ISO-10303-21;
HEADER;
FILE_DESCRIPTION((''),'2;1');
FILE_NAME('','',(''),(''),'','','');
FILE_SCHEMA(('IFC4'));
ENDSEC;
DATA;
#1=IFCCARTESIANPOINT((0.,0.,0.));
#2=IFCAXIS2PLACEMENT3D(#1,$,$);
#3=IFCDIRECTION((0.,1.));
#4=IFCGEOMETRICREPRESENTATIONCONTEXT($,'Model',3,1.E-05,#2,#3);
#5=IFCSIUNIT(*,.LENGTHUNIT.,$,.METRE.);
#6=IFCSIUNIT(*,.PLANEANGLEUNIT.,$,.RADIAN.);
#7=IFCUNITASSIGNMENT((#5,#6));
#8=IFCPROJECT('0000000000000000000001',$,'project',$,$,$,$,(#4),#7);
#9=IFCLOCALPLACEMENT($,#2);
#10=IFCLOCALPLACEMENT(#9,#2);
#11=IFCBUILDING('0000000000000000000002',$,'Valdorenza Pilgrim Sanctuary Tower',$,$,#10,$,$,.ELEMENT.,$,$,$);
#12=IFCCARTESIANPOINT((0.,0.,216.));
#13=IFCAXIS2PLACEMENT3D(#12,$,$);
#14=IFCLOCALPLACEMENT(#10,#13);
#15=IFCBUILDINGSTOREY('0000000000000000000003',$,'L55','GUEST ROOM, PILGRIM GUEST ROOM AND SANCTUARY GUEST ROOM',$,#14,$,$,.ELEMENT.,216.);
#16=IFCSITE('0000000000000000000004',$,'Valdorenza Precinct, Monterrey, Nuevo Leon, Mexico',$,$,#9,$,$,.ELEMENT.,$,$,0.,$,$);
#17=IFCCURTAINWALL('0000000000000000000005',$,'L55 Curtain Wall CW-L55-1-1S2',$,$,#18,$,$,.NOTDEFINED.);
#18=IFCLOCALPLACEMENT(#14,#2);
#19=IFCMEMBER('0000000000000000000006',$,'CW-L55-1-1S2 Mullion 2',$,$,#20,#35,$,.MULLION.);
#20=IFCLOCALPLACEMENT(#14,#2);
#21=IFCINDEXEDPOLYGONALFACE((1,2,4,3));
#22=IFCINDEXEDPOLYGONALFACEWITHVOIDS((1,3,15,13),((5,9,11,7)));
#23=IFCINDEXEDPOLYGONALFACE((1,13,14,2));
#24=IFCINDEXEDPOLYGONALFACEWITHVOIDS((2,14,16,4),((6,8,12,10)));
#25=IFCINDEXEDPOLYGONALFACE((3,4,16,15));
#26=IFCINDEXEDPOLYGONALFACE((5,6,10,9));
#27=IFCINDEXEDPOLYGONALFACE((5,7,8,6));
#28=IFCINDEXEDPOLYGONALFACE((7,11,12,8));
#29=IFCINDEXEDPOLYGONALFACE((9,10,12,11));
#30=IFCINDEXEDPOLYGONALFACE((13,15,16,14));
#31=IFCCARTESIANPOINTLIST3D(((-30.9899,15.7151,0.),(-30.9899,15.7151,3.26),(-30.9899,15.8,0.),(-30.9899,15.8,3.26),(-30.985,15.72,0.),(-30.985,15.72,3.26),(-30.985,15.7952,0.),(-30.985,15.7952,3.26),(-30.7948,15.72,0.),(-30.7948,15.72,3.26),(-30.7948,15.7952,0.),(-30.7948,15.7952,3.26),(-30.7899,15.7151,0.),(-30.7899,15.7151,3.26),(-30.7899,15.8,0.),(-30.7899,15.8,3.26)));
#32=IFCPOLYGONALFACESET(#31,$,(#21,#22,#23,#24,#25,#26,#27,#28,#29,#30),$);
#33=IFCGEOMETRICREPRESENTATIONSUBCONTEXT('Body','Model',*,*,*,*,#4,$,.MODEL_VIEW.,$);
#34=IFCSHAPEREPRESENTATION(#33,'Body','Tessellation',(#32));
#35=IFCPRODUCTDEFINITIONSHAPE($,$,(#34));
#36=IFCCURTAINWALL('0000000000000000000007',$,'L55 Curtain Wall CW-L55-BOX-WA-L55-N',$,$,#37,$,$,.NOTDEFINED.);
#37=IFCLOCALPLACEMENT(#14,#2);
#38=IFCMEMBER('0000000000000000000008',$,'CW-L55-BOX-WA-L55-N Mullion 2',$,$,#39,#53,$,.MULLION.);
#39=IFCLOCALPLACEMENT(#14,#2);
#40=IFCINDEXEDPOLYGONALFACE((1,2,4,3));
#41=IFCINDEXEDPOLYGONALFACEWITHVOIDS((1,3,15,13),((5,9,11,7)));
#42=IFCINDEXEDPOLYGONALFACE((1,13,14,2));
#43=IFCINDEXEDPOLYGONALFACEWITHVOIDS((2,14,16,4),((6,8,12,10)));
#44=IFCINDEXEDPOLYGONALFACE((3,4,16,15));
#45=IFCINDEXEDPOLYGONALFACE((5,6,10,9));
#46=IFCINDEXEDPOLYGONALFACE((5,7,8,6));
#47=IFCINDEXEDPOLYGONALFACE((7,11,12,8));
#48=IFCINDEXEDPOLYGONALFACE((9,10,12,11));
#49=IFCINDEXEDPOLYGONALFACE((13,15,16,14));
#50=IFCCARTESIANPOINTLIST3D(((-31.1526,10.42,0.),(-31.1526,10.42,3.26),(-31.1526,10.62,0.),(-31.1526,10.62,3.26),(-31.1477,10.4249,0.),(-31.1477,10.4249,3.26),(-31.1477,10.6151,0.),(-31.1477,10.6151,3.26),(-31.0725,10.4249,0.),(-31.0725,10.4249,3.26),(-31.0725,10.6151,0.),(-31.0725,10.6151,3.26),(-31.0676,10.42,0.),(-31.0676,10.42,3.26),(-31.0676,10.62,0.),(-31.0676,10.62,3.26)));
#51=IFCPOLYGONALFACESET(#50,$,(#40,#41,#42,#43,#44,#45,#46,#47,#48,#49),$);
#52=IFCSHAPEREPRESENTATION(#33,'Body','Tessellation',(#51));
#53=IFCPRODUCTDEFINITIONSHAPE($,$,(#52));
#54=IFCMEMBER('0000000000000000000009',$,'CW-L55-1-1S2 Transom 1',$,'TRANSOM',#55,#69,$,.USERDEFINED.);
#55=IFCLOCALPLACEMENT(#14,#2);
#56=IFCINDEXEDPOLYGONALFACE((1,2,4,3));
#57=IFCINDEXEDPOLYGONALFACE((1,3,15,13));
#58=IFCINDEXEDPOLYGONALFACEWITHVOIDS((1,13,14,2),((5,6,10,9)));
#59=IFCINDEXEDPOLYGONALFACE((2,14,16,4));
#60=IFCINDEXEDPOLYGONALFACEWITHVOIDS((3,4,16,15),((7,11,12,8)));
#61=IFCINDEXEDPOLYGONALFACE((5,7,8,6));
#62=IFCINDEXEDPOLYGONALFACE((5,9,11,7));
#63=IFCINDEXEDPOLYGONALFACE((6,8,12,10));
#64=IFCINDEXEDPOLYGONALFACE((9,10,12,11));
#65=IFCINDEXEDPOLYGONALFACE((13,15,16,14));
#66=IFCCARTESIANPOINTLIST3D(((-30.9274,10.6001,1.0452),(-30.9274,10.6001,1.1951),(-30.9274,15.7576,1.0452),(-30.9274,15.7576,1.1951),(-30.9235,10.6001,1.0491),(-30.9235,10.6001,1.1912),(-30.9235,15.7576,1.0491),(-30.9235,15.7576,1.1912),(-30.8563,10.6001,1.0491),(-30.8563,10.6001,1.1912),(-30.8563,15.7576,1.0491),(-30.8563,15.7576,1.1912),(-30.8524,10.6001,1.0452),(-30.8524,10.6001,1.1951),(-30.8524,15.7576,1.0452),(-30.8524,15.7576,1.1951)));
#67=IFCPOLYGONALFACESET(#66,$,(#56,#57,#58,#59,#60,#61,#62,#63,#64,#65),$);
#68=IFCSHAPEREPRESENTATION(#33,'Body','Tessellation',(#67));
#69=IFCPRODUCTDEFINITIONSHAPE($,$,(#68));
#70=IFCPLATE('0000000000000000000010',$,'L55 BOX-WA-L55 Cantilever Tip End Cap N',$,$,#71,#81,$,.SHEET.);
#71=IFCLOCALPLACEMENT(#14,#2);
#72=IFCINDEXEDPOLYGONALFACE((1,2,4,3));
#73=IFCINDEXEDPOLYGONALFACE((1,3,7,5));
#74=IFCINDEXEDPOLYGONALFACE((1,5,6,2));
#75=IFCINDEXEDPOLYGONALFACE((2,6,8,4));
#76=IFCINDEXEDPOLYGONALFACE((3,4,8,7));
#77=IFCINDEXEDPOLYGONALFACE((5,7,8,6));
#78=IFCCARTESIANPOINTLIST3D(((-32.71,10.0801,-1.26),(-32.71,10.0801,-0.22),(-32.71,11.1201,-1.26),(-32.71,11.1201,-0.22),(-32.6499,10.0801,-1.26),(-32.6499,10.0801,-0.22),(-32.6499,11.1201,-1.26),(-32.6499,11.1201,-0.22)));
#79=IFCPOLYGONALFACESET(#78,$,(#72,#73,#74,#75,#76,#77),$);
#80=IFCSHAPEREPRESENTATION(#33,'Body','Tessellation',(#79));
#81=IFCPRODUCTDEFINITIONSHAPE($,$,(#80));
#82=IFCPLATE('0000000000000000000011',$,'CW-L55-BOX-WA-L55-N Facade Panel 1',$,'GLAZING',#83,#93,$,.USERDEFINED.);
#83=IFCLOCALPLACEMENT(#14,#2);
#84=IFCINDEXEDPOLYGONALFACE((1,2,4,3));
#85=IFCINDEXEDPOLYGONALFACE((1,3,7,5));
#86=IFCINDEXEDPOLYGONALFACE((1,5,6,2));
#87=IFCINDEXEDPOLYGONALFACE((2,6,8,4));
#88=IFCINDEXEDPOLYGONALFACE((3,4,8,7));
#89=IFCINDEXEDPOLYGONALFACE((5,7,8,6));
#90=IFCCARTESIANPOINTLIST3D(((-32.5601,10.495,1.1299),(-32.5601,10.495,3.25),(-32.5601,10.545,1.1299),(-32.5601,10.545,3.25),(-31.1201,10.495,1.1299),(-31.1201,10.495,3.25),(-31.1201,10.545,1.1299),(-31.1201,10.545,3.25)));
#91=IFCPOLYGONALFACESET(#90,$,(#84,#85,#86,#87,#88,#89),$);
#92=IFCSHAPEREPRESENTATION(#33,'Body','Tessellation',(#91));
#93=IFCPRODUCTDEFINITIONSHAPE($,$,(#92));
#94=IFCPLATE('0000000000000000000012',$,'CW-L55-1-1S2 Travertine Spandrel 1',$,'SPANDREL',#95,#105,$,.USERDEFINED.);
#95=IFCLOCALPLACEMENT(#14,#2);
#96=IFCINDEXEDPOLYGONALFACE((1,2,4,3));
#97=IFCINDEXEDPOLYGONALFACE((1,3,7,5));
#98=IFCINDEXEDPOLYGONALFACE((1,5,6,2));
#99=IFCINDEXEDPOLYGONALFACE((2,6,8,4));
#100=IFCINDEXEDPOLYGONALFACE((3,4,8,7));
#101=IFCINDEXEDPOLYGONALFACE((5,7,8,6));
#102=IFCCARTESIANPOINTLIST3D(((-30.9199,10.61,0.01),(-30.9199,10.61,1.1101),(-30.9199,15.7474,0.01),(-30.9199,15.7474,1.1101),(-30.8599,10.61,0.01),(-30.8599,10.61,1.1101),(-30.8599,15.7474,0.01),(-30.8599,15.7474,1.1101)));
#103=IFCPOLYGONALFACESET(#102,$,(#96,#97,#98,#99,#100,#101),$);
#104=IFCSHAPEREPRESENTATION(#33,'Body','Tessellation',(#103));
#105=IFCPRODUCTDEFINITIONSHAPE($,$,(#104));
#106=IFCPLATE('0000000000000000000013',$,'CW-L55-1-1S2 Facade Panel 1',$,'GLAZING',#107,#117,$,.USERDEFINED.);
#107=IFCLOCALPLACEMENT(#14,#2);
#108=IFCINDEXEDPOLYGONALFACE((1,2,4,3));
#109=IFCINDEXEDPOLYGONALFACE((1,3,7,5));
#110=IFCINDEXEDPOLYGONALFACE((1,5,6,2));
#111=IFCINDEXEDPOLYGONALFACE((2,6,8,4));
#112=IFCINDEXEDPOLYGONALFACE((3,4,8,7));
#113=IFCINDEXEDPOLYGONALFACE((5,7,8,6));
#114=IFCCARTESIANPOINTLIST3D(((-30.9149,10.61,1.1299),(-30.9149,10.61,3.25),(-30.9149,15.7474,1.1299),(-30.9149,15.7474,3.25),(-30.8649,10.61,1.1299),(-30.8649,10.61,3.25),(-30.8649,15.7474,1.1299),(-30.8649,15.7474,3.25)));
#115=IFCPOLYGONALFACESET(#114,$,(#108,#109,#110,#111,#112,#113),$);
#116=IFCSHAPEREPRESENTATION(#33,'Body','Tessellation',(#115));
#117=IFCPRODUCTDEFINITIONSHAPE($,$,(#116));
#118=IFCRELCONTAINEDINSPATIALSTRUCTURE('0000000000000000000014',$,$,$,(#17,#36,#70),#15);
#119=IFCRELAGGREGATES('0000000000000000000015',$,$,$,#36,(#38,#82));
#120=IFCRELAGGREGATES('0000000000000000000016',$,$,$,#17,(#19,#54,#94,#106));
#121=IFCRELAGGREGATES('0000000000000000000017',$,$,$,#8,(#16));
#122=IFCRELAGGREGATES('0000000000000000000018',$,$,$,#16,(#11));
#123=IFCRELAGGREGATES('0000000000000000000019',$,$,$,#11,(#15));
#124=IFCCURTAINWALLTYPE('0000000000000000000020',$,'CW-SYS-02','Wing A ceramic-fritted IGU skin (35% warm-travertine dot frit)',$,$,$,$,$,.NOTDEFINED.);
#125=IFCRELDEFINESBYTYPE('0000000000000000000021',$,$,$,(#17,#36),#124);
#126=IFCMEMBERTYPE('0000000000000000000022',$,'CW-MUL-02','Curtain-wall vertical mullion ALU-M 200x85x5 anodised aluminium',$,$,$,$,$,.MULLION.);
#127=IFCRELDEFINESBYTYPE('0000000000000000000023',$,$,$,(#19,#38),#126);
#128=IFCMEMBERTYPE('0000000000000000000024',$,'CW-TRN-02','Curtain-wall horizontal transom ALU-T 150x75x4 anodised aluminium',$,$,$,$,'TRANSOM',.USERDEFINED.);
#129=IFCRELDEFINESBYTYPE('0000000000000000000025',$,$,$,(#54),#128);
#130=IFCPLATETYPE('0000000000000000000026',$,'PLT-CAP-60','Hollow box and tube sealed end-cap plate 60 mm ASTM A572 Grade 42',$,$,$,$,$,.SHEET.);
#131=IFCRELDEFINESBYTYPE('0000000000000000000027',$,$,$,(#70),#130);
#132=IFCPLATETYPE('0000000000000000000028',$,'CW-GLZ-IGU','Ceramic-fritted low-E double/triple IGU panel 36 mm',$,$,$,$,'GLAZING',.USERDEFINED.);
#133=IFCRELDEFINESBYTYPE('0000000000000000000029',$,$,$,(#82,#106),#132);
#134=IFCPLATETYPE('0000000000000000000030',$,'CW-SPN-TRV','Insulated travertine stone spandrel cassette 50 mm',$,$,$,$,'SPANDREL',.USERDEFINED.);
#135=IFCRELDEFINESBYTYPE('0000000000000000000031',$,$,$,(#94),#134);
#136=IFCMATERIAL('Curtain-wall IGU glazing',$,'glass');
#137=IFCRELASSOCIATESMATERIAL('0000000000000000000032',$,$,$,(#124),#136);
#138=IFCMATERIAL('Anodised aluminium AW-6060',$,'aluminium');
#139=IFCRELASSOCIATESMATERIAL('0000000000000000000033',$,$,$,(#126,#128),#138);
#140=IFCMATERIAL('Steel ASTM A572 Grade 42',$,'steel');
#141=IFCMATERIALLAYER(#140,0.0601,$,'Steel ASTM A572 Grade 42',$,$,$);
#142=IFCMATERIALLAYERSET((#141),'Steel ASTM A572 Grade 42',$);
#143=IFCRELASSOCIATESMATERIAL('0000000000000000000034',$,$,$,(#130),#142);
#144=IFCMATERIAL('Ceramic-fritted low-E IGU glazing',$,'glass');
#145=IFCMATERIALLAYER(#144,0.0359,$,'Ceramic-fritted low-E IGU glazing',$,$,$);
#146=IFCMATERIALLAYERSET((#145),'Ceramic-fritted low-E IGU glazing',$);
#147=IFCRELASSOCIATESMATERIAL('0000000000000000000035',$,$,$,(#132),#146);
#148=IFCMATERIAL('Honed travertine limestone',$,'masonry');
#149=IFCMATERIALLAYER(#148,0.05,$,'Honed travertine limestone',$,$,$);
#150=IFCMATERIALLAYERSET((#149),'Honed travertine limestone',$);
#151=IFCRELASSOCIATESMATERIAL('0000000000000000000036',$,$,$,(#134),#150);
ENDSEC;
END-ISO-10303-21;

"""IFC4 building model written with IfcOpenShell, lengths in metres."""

from ifc_helpers import new_model, si_unit, direction, frame, origin, origin_2d, place, context, subcontext, project, spatial, rectangle, hollow_rectangle, extrude, source, transform, mapped, material, layer, layer_set, material_profile, profile_set, type_object, element, aggregate, save


model = new_model("IFC4")

# Units and contexts
model_context = context("Model", 3, precision=1e-05, world=origin(), true_north=direction((0.0, 1.0)))
body_context = subcontext(model_context, "Body", "Model", "MODEL_VIEW")
ifc_project = project(units=[si_unit("LENGTHUNIT", "METRE"), si_unit("PLANEANGLEUNIT", "RADIAN")], contexts=[model_context])

# Site, building, storey
site_placement = place(None, origin())
site = spatial("IfcSite", under=ifc_project, at=site_placement, Name="Valdorenza Precinct, Monterrey, Nuevo Leon, Mexico", CompositionType="ELEMENT", RefElevation=0.0)
building_placement = place(site_placement, origin())
building = spatial("IfcBuilding", under=site, at=building_placement, Name="Valdorenza Pilgrim Sanctuary Tower", CompositionType="ELEMENT")
storey_placement = place(building_placement, frame((0.0, 0.0, 216.0)))
storey = spatial("IfcBuildingStorey", under=building, at=storey_placement, Name="L55", Description="GUEST ROOM, PILGRIM GUEST ROOM AND SANCTUARY GUEST ROOM", CompositionType="ELEMENT", Elevation=216.0)

# Shared definitions
ifc_material_1 = material(Name="Steel ASTM A572 Grade 42", Category="steel")

# Curtain wall, member
ifc_material_2 = material(Name="Curtain-wall IGU glazing", Category="glass")
curtain_wall_type = type_object("IfcCurtainWallType", Name="CW-SYS-02", Description="Wing A ceramic-fritted IGU skin (35% warm-travertine dot frit)", PredefinedType="NOTDEFINED", material=ifc_material_2)
curtain_wall_1_placement = place(storey_placement, origin())
curtain_wall_1 = element("IfcCurtainWall", 1, at=curtain_wall_1_placement, inside=storey, type_object=curtain_wall_type, Name="L55 Curtain Wall CW-L55-1-1S2", PredefinedType="NOTDEFINED")
ifc_material_3 = material(Name="Anodised aluminium AW-6060", Category="aluminium")
ifc_material_profile_1 = material_profile(ifc_material_3, hollow_rectangle(XDim=0.085, YDim=0.2, WallThickness=0.0049, at=origin_2d()), Name="ALU-M 200x85x5")
ifc_profile_set_1 = profile_set([ifc_material_profile_1], Name="Anodised aluminium AW-6060")
member_type_1 = type_object("IfcMemberType", Name="CW-MUL-02", Description="Curtain-wall vertical mullion ALU-M 200x85x5 anodised aluminium", PredefinedType="MULLION", material=ifc_profile_set_1)
shared_shape_1 = source(origin(), body_context, "Body", "SweptSolid", [
    extrude(hollow_rectangle(XDim=0.085, YDim=0.2, WallThickness=0.0049, at=origin_2d()), origin(), (0.0, 0.0, 1.0), 3.26),
])
member_1_placement = place(storey_placement, frame((-30.8899, 15.7576, 0.0), z_axis=(0.0, 0.0, 1.0), x_axis=(0.0, 1.0, 0.0)))
member_1 = element("IfcMember", 2, at=member_1_placement, type_object=member_type_1, Name="CW-L55-1-1S2 Mullion 2", PredefinedType="MULLION", context=body_context, shape_type="MappedRepresentation", body=[
    mapped(shared_shape_1, transform((0.0, 0.0, 0.0), x_axis=(1.0, 0.0, 0.0), y_axis=(0.0, 1.0, 0.0), z_axis=(0.0, 0.0, 1.0), scale=1.0)),
])

# Curtain wall, member
curtain_wall_2_placement = place(storey_placement, origin())
curtain_wall_2 = element("IfcCurtainWall", 3, at=curtain_wall_2_placement, inside=storey, type_object=curtain_wall_type, Name="L55 Curtain Wall CW-L55-BOX-WA-L55-N", PredefinedType="NOTDEFINED")
member_2_placement = place(storey_placement, frame((-31.1101, 10.52, 0.0), z_axis=(0.0, 0.0, 1.0), x_axis=(1.0, 0.0, 0.0)))
member_2 = element("IfcMember", 4, at=member_2_placement, type_object=member_type_1, Name="CW-L55-BOX-WA-L55-N Mullion 2", PredefinedType="MULLION", context=body_context, shape_type="MappedRepresentation", body=[
    mapped(shared_shape_1, transform((0.0, 0.0, 0.0), x_axis=(1.0, 0.0, 0.0), y_axis=(0.0, 1.0, 0.0), z_axis=(0.0, 0.0, 1.0), scale=1.0)),
])

# Member
ifc_material_profile_2 = material_profile(ifc_material_3, hollow_rectangle(XDim=0.075, YDim=0.1499, WallThickness=0.0039, at=origin_2d()), Name="ALU-T 150x75x4")
ifc_profile_set_2 = profile_set([ifc_material_profile_2], Name="Anodised aluminium AW-6060")
member_type_2 = type_object("IfcMemberType", Name="CW-TRN-02", Description="Curtain-wall horizontal transom ALU-T 150x75x4 anodised aluminium", ElementType="TRANSOM", PredefinedType="USERDEFINED", material=ifc_profile_set_2)
shared_shape_2 = source(origin(), body_context, "Body", "SweptSolid", [
    extrude(hollow_rectangle(XDim=0.075, YDim=0.1499, WallThickness=0.0039, at=origin_2d()), origin(), (0.0, 0.0, 1.0), 5.1575),
])
member_3_placement = place(storey_placement, frame((-30.8899, 10.6001, 1.1201), z_axis=(0.0, 1.0, 0.0), x_axis=(-1.0, 0.0, 0.0)))
member_3 = element("IfcMember", 5, at=member_3_placement, type_object=member_type_2, Name="CW-L55-1-1S2 Transom 1", ObjectType="TRANSOM", PredefinedType="USERDEFINED", context=body_context, shape_type="MappedRepresentation", body=[
    mapped(shared_shape_2, transform((0.0, 0.0, 0.0), x_axis=(1.0, 0.0, 0.0), y_axis=(0.0, 1.0, 0.0), z_axis=(0.0, 0.0, 1.0), scale=1.0)),
])

# Plates
ifc_layer_1 = layer(ifc_material_1, 0.0601, Name="Steel ASTM A572 Grade 42")
ifc_layer_set_1 = layer_set([ifc_layer_1], Name="Steel ASTM A572 Grade 42")
plate_type_1 = type_object("IfcPlateType", Name="PLT-CAP-60", Description="Hollow box and tube sealed end-cap plate 60 mm ASTM A572 Grade 42", PredefinedType="SHEET", material=ifc_layer_set_1)
shared_shape_3 = source(origin(), body_context, "Body", "SweptSolid", [
    extrude(rectangle(XDim=0.0601, YDim=1.04, at=origin_2d()), origin(), (0.0, 0.0, 1.0), 1.04),
])
plate_1_placement = place(storey_placement, frame((-32.6799, 10.6001, -1.26), z_axis=(0.0, 0.0, 1.0), x_axis=(1.0, 0.0, 0.0)))
element("IfcPlate", 6, at=plate_1_placement, inside=storey, type_object=plate_type_1, Name="L55 BOX-WA-L55 Cantilever Tip End Cap N", PredefinedType="SHEET", context=body_context, shape_type="MappedRepresentation", body=[
    mapped(shared_shape_3, transform((0.0, 0.0, 0.0), x_axis=(1.0, 0.0, 0.0), y_axis=(0.0, 1.0, 0.0), z_axis=(0.0, 0.0, 1.0), scale=1.0)),
])
ifc_material_4 = material(Name="Ceramic-fritted low-E IGU glazing", Category="glass")
ifc_layer_2 = layer(ifc_material_4, 0.0359, Name="Ceramic-fritted low-E IGU glazing")
ifc_layer_set_2 = layer_set([ifc_layer_2], Name="Ceramic-fritted low-E IGU glazing")
plate_type_2 = type_object("IfcPlateType", Name="CW-GLZ-IGU", Description="Ceramic-fritted low-E double/triple IGU panel 36 mm", ElementType="GLAZING", PredefinedType="USERDEFINED", material=ifc_layer_set_2)
shared_shape_4 = source(origin(), body_context, "Body", "SweptSolid", [
    extrude(rectangle(XDim=1.4399, YDim=0.05, at=origin_2d()), origin(), (0.0, 0.0, 1.0), 2.1201),
])
plate_2_placement = place(storey_placement, frame((-31.8401, 10.52, 1.1299), z_axis=(0.0, 0.0, 1.0), x_axis=(1.0, 0.0, 0.0)))
plate_2 = element("IfcPlate", 7, at=plate_2_placement, type_object=plate_type_2, Name="CW-L55-BOX-WA-L55-N Facade Panel 1", ObjectType="GLAZING", PredefinedType="USERDEFINED", context=body_context, shape_type="MappedRepresentation", body=[
    mapped(shared_shape_4, transform((0.0, 0.0, 0.0), x_axis=(1.0, 0.0, 0.0), y_axis=(0.0, 1.0, 0.0), z_axis=(0.0, 0.0, 1.0), scale=1.0)),
])
aggregate(curtain_wall_2, [member_2, plate_2])
ifc_material_5 = material(Name="Honed travertine limestone", Category="masonry")
ifc_layer_3 = layer(ifc_material_5, 0.05, Name="Honed travertine limestone")
ifc_layer_set_3 = layer_set([ifc_layer_3], Name="Honed travertine limestone")
plate_type_3 = type_object("IfcPlateType", Name="CW-SPN-TRV", Description="Insulated travertine stone spandrel cassette 50 mm", ElementType="SPANDREL", PredefinedType="USERDEFINED", material=ifc_layer_set_3)
shared_shape_5 = source(origin(), body_context, "Body", "SweptSolid", [
    extrude(rectangle(XDim=5.1375, YDim=0.0601, at=origin_2d()), origin(), (0.0, 0.0, 1.0), 1.1001),
])
plate_3_placement = place(storey_placement, frame((-30.8899, 13.1787, 0.01), z_axis=(0.0, 0.0, 1.0), x_axis=(0.0, 1.0, 0.0)))
plate_3 = element("IfcPlate", 8, at=plate_3_placement, type_object=plate_type_3, Name="CW-L55-1-1S2 Travertine Spandrel 1", ObjectType="SPANDREL", PredefinedType="USERDEFINED", context=body_context, shape_type="MappedRepresentation", body=[
    mapped(shared_shape_5, transform((0.0, 0.0, 0.0), x_axis=(1.0, 0.0, 0.0), y_axis=(0.0, 1.0, 0.0), z_axis=(0.0, 0.0, 1.0), scale=1.0)),
])
shared_shape_6 = source(origin(), body_context, "Body", "SweptSolid", [
    extrude(rectangle(XDim=5.1375, YDim=0.05, at=origin_2d()), origin(), (0.0, 0.0, 1.0), 2.1201),
])
plate_4_placement = place(storey_placement, frame((-30.8899, 13.1787, 1.1299), z_axis=(0.0, 0.0, 1.0), x_axis=(0.0, 1.0, 0.0)))
plate_4 = element("IfcPlate", 9, at=plate_4_placement, type_object=plate_type_2, Name="CW-L55-1-1S2 Facade Panel 1", ObjectType="GLAZING", PredefinedType="USERDEFINED", context=body_context, shape_type="MappedRepresentation", body=[
    mapped(shared_shape_6, transform((0.0, 0.0, 0.0), x_axis=(1.0, 0.0, 0.0), y_axis=(0.0, 1.0, 0.0), z_axis=(0.0, 0.0, 1.0), scale=1.0)),
])
aggregate(curtain_wall_1, [member_1, member_3, plate_3, plate_4])

save(model, "model.ifc")
